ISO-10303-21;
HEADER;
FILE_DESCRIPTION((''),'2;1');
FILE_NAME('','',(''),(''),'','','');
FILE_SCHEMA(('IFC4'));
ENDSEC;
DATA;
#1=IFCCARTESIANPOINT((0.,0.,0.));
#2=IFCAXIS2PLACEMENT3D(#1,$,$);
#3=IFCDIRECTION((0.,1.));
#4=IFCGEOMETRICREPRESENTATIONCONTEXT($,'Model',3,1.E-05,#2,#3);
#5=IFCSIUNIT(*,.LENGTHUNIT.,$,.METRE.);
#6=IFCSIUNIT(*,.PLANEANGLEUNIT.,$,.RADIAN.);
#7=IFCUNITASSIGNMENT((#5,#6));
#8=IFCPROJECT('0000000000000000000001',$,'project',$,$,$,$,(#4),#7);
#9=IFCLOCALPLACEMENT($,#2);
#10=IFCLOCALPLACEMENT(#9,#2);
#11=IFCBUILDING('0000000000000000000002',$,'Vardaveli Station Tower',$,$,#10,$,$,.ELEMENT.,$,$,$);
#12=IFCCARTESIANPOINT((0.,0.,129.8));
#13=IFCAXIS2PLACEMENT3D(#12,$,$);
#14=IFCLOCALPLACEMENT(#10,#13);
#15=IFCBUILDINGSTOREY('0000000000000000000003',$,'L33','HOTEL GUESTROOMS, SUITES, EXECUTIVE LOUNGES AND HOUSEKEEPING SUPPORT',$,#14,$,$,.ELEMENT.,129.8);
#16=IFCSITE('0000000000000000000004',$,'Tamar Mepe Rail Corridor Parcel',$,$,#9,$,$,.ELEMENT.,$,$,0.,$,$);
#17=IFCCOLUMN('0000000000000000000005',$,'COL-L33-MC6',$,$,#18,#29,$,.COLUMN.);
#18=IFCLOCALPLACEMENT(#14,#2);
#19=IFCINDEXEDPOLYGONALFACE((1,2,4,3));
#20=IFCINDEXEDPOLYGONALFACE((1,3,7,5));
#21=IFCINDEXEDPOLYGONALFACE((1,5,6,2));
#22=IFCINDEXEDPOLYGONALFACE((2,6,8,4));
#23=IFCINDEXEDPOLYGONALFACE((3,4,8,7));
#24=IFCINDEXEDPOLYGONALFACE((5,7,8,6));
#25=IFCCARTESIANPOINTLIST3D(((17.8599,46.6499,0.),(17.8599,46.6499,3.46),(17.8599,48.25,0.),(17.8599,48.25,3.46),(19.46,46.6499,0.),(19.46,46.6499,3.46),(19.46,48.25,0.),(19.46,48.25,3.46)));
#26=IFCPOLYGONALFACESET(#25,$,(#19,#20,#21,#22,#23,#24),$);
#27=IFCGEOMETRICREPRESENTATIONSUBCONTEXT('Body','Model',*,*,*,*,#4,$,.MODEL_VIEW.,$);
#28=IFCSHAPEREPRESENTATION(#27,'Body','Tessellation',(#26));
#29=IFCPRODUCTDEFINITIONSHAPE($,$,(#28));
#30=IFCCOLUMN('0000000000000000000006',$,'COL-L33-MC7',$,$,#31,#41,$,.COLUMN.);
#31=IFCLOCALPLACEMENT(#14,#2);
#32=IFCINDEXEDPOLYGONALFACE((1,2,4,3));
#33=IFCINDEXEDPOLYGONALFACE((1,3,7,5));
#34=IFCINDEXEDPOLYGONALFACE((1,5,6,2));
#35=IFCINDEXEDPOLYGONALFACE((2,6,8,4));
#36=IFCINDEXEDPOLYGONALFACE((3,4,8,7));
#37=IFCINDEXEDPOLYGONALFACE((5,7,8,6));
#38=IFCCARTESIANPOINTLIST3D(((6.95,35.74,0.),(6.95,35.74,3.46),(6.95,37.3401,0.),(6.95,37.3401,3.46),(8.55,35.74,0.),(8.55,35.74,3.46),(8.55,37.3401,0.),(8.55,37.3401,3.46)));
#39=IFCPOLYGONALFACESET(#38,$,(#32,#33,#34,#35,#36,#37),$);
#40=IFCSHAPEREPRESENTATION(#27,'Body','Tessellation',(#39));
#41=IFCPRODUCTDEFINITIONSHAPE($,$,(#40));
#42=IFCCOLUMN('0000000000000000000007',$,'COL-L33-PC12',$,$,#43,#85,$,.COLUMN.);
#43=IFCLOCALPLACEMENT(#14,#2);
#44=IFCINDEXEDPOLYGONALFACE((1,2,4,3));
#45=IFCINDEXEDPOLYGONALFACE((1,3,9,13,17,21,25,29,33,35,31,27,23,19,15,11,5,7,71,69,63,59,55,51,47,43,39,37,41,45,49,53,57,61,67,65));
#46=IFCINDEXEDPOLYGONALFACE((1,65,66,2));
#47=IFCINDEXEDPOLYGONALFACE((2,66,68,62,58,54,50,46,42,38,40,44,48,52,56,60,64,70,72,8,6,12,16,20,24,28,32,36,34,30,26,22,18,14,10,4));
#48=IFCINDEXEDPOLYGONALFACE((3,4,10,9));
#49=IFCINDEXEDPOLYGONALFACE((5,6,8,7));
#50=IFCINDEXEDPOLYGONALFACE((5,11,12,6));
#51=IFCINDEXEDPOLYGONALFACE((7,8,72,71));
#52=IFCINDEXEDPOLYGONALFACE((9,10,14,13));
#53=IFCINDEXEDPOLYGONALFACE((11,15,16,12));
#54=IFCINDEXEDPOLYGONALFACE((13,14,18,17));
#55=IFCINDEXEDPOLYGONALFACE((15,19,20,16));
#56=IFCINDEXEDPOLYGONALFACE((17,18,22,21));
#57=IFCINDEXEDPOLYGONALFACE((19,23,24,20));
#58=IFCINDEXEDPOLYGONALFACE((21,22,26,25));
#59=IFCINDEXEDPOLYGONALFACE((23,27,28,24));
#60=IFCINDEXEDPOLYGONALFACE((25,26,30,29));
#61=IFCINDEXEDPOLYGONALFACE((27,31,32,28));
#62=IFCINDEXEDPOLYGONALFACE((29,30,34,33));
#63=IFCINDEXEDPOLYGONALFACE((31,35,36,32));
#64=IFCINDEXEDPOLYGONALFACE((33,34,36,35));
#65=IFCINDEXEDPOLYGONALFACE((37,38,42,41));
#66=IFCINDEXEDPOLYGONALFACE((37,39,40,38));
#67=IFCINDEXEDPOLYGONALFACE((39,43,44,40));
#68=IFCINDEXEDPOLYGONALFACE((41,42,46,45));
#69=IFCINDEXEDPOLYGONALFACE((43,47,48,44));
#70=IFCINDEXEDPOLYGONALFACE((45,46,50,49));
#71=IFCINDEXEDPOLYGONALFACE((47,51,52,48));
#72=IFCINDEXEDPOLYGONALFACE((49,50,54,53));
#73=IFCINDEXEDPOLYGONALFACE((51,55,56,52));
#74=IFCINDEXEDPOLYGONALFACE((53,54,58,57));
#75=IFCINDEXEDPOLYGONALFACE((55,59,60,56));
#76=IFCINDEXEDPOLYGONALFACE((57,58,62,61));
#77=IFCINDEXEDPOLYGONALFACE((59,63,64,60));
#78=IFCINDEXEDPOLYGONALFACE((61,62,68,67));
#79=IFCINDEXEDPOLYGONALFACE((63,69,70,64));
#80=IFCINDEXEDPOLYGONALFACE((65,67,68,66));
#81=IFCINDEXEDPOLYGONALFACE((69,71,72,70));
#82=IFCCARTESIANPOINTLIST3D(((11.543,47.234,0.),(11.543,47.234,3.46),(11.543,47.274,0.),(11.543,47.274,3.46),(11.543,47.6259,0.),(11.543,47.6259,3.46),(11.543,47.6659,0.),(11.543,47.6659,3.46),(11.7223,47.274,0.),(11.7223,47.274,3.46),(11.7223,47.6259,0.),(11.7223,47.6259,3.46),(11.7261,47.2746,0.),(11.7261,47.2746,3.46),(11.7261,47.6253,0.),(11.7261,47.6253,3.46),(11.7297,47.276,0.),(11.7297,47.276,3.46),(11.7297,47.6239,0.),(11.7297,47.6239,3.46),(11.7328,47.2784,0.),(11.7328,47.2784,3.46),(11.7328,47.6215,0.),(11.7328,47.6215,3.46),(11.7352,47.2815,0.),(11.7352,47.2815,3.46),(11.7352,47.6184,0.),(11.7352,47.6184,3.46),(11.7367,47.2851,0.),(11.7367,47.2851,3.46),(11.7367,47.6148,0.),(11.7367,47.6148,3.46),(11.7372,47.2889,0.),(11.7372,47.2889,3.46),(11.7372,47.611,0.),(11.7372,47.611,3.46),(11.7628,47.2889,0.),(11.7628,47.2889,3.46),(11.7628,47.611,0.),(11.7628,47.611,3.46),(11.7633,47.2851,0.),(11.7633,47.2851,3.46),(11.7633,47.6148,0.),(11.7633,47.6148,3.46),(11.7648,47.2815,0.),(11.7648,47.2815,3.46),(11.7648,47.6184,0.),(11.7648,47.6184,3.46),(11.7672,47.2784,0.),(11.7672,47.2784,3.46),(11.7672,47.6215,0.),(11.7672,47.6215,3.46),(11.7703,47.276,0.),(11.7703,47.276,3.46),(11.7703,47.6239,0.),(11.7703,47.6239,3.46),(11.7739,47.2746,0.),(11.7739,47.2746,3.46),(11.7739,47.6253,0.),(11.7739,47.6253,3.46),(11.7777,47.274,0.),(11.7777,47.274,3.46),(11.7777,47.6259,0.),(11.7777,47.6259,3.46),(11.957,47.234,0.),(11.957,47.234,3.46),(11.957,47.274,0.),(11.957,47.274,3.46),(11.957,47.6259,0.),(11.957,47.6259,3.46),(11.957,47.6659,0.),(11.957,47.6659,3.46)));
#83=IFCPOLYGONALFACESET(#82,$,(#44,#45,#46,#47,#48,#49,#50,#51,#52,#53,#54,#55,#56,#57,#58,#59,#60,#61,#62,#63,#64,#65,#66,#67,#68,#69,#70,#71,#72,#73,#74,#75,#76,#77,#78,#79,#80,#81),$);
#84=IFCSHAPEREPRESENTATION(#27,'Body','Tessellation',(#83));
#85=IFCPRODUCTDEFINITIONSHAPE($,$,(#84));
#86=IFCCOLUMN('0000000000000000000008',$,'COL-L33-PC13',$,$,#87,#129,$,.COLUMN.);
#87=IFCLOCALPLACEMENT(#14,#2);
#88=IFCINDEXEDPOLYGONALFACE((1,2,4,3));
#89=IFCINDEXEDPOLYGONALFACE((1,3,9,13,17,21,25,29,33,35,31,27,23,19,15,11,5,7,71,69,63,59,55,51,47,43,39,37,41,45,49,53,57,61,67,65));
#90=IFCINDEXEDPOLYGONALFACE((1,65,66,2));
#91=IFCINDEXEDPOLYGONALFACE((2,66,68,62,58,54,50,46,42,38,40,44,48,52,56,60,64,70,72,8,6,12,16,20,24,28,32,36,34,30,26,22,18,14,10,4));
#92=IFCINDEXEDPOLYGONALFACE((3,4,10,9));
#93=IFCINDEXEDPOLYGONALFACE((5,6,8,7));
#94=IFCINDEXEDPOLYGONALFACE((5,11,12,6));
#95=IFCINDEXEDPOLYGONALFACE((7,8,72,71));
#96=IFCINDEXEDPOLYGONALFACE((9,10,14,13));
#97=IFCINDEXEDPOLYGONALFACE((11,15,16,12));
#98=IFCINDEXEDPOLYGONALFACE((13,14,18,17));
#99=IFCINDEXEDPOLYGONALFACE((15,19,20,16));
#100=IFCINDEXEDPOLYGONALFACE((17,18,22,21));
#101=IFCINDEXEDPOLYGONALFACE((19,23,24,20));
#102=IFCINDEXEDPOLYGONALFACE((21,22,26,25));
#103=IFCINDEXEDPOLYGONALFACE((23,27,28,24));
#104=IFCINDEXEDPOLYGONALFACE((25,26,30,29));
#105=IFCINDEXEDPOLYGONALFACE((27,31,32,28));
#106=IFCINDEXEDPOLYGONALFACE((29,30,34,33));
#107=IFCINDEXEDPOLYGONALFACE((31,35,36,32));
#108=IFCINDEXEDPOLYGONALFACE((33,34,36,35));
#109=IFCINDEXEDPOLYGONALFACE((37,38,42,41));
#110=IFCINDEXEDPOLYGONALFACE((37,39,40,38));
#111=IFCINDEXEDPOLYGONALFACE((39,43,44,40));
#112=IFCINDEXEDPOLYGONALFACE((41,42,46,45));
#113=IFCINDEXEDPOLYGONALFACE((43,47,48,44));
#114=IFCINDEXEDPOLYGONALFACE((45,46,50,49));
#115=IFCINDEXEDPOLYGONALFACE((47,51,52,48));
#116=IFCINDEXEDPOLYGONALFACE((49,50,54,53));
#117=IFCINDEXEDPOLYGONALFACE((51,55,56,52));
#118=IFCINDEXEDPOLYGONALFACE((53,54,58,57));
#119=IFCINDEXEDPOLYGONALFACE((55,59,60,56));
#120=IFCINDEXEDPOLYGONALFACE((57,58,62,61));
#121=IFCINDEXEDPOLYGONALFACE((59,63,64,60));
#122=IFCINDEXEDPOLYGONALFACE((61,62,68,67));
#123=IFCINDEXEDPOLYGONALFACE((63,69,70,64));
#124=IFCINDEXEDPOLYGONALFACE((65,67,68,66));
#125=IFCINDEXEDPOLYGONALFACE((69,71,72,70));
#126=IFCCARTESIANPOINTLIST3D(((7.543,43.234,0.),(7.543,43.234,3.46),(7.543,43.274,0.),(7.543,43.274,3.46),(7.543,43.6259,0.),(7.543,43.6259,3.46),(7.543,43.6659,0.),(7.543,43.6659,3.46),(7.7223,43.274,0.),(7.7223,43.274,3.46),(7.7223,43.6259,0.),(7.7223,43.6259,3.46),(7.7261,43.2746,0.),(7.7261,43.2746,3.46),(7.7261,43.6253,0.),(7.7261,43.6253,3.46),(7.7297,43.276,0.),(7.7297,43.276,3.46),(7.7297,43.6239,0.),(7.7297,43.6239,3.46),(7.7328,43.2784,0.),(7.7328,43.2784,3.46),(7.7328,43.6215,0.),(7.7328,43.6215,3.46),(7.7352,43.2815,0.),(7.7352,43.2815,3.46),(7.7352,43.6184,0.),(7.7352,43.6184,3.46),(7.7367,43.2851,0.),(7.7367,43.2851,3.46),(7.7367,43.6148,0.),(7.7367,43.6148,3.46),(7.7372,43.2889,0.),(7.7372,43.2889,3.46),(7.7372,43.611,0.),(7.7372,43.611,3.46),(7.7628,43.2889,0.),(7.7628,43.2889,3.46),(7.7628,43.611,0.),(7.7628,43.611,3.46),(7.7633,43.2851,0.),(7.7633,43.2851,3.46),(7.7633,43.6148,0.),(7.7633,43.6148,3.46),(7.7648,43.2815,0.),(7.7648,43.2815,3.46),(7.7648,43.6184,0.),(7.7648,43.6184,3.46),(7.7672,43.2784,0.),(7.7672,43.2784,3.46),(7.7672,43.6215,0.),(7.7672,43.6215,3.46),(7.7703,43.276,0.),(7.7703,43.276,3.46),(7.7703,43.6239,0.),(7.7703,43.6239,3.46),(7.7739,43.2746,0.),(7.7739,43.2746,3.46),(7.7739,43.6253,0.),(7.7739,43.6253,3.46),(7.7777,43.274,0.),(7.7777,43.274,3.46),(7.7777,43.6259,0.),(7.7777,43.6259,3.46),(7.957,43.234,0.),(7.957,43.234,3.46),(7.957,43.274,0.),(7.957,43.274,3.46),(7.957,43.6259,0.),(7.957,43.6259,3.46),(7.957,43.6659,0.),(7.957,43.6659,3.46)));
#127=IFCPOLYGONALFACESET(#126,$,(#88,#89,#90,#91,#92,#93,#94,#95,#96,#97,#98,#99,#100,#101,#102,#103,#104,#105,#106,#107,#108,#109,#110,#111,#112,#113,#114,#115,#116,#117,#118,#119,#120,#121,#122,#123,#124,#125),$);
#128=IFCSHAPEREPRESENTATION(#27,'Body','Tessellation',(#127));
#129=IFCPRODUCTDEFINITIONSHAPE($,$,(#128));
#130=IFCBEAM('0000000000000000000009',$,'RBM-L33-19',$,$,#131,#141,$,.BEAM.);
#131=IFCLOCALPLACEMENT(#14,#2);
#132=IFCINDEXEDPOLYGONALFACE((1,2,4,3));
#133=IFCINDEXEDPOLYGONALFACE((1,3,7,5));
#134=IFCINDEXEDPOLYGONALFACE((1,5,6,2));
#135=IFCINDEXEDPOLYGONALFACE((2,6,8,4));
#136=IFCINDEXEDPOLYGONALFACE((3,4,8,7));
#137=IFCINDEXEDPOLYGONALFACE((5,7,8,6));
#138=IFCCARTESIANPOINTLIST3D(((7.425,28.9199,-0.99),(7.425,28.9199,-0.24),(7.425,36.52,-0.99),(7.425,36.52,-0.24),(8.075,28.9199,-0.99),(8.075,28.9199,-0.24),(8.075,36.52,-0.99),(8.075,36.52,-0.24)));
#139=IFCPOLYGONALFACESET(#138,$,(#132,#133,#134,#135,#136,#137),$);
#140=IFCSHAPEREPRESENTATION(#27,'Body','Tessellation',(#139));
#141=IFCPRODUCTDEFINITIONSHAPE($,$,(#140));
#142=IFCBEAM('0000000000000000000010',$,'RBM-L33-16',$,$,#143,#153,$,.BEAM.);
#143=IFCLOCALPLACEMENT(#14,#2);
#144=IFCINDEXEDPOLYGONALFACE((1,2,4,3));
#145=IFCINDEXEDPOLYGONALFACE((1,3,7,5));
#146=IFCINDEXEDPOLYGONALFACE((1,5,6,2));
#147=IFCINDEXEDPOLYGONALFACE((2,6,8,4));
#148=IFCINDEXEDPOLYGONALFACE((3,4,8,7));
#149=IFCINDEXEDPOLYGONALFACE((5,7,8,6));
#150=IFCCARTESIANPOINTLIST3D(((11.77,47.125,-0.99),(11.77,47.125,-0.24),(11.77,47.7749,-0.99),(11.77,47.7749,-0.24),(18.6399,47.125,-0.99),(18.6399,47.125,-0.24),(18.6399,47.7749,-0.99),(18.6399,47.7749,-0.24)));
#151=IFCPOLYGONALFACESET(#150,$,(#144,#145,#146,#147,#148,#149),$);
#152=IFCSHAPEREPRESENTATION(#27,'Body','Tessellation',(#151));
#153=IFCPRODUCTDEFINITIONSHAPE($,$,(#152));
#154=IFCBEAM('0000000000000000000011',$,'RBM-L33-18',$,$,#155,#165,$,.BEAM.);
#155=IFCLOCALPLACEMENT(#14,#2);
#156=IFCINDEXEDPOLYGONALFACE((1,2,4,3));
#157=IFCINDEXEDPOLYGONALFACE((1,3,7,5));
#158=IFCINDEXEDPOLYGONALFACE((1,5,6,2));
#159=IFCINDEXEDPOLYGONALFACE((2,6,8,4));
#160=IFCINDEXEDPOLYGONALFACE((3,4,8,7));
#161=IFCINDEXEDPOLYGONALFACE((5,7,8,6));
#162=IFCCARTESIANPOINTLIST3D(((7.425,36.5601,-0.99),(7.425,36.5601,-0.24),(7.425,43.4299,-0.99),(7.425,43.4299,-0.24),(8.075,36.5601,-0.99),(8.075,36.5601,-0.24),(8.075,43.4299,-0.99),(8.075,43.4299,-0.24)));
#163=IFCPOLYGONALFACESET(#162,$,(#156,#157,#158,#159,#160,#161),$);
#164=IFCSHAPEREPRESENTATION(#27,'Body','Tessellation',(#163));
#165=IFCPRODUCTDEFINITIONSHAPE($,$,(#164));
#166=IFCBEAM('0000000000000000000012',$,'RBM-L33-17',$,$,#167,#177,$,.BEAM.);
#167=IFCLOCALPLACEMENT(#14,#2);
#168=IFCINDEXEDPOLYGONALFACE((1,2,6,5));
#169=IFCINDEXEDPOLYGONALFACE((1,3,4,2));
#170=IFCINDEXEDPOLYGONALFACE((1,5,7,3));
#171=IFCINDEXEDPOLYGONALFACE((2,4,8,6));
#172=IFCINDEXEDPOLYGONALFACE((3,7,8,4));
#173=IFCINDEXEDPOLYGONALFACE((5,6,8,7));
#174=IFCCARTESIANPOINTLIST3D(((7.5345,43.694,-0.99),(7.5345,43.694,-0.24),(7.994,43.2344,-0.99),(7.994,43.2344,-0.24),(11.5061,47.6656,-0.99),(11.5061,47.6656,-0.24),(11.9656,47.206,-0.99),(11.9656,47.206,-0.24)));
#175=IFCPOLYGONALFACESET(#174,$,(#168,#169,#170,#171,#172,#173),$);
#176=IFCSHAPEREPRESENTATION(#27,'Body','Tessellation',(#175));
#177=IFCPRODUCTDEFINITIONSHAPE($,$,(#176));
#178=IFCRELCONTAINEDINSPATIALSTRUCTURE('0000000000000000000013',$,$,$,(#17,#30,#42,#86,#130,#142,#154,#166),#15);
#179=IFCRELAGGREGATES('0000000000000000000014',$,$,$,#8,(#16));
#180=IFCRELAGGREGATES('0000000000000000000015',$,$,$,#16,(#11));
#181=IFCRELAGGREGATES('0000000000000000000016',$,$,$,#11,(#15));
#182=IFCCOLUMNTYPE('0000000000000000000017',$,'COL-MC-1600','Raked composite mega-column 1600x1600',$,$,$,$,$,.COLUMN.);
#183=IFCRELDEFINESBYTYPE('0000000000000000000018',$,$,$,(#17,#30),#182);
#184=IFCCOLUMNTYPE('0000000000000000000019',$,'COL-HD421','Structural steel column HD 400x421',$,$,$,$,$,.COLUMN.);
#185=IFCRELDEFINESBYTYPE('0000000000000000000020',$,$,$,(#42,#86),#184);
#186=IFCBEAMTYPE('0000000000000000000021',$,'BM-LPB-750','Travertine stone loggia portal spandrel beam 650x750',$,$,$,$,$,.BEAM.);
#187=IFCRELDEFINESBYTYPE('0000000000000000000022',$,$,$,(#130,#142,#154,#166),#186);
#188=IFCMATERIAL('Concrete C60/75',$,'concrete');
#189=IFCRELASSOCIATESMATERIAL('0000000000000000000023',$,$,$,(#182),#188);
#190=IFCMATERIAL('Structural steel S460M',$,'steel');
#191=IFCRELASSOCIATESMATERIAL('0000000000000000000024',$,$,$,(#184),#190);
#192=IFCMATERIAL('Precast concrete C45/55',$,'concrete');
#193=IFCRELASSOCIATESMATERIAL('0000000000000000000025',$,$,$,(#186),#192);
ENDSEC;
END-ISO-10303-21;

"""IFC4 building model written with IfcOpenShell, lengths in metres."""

from ifc_helpers import new_model, si_unit, direction, frame, origin, origin_2d, place, context, subcontext, project, spatial, rectangle, i_section, extrude, source, transform, mapped, material, material_profile, profile_set, type_object, element, save


model = new_model("IFC4")

# Units and contexts
model_context = context("Model", 3, precision=1e-05, world=origin(), true_north=direction((0.0, 1.0)))
body_context = subcontext(model_context, "Body", "Model", "MODEL_VIEW")
ifc_project = project(units=[si_unit("LENGTHUNIT", "METRE"), si_unit("PLANEANGLEUNIT", "RADIAN")], contexts=[model_context])

# Site, building, storey
site_placement = place(None, origin())
site = spatial("IfcSite", under=ifc_project, at=site_placement, Name="Tamar Mepe Rail Corridor Parcel", CompositionType="ELEMENT", RefElevation=0.0)
building_placement = place(site_placement, origin())
building = spatial("IfcBuilding", under=site, at=building_placement, Name="Vardaveli Station Tower", CompositionType="ELEMENT")
storey_placement = place(building_placement, frame((0.0, 0.0, 129.8)))
storey = spatial("IfcBuildingStorey", under=building, at=storey_placement, Name="L33", Description="HOTEL GUESTROOMS, SUITES, EXECUTIVE LOUNGES AND HOUSEKEEPING SUPPORT", CompositionType="ELEMENT", Elevation=129.8)

# Columns
ifc_material_1 = material(Name="Concrete C60/75", Category="concrete")
ifc_material_profile_1 = material_profile(ifc_material_1, rectangle(XDim=1.6001, YDim=1.6001, at=origin_2d()), Name="MC 1600x1600")
ifc_profile_set_1 = profile_set([ifc_material_profile_1], Name="Concrete C60/75")
column_type_1 = type_object("IfcColumnType", Name="COL-MC-1600", Description="Raked composite mega-column 1600x1600", PredefinedType="COLUMN", material=ifc_profile_set_1)
shared_shape_1 = source(origin(), body_context, "Body", "SweptSolid", [
    extrude(rectangle(XDim=1.6001, YDim=1.6001, at=origin_2d()), origin(), (0.0, 0.0, 1.0), 3.46),
])
for number, where, z_axis, x_axis, name in (
    (1, (18.6599, 47.45, 0.0), (0.0, 0.0, 1.0), (1.0, 0.0, 0.0), "COL-L33-MC6"),
    (2, (7.75, 36.54, 0.0), (0.0, 0.0, 1.0), (1.0, 0.0, 0.0), "COL-L33-MC7"),
):
    element("IfcColumn", number, at=place(storey_placement, frame(where, z_axis=z_axis, x_axis=x_axis)), inside=storey, type_object=column_type_1, Name=name, PredefinedType="COLUMN", context=body_context, shape_type="MappedRepresentation", body=[
        mapped(shared_shape_1, transform((0.0, 0.0, 0.0), scale=1.0)),
    ])
ifc_material_2 = material(Name="Structural steel S460M", Category="steel")
ifc_material_profile_2 = material_profile(ifc_material_2, i_section(OverallWidth=0.4141, OverallDepth=0.4319, WebThickness=0.0256, FlangeThickness=0.04, FilletRadius=0.0149, at=origin_2d()), Name="HD 400x421")
ifc_profile_set_2 = profile_set([ifc_material_profile_2], Name="Structural steel S460M")
column_type_2 = type_object("IfcColumnType", Name="COL-HD421", Description="Structural steel column HD 400x421", PredefinedType="COLUMN", material=ifc_profile_set_2)
shared_shape_2 = source(origin(), body_context, "Body", "SweptSolid", [
    extrude(i_section(OverallWidth=0.4141, OverallDepth=0.4319, WebThickness=0.0256, FlangeThickness=0.04, FilletRadius=0.0149, at=origin_2d()), origin(), (0.0, 0.0, 1.0), 3.46),
])
for number, where, z_axis, x_axis, name in (
    (3, (11.75, 47.45, 0.0), (0.0, 0.0, 1.0), (1.0, 0.0, 0.0), "COL-L33-PC12"),
    (4, (7.75, 43.45, 0.0), (0.0, 0.0, 1.0), (1.0, 0.0, 0.0), "COL-L33-PC13"),
):
    element("IfcColumn", number, at=place(storey_placement, frame(where, z_axis=z_axis, x_axis=x_axis)), inside=storey, type_object=column_type_2, Name=name, PredefinedType="COLUMN", context=body_context, shape_type="MappedRepresentation", body=[
        mapped(shared_shape_2, transform((0.0, 0.0, 0.0), scale=1.0)),
    ])

# Beams
ifc_material_3 = material(Name="Precast concrete C45/55", Category="concrete")
ifc_material_profile_3 = material_profile(ifc_material_3, rectangle(XDim=0.6499, YDim=0.75, at=origin_2d()), Name="LPB 650x750")
ifc_profile_set_3 = profile_set([ifc_material_profile_3], Name="Precast concrete C45/55")
beam_type = type_object("IfcBeamType", Name="BM-LPB-750", Description="Travertine stone loggia portal spandrel beam 650x750", PredefinedType="BEAM", material=ifc_profile_set_3)
shared_shape_3 = source(origin(), body_context, "Body", "SweptSolid", [
    extrude(rectangle(XDim=0.6499, YDim=0.75, at=origin_2d()), origin(), (0.0, 0.0, 1.0), 7.6001),
])
beam_1_placement = place(storey_placement, frame((7.75, 36.52, -0.615), z_axis=(0.0, -1.0, 0.0), x_axis=(1.0, 0.0, 0.0)))
element("IfcBeam", 5, at=beam_1_placement, inside=storey, type_object=beam_type, Name="RBM-L33-19", PredefinedType="BEAM", context=body_context, shape_type="MappedRepresentation", body=[
    mapped(shared_shape_3, transform((0.0, 0.0, 0.0), scale=1.0)),
])
shared_shape_4 = source(origin(), body_context, "Body", "SweptSolid", [
    extrude(rectangle(XDim=0.6499, YDim=0.75, at=origin_2d()), origin(), (0.0, 0.0, 1.0), 6.8699),
])
for number, where, z_axis, x_axis, name in (
    (6, (18.6399, 47.45, -0.615), (-1.0, 0.0, 0.0), (0.0, -1.0, 0.0), "RBM-L33-16"),
    (7, (7.75, 43.4299, -0.615), (0.0, -1.0, 0.0), (1.0, 0.0, 0.0), "RBM-L33-18"),
):
    element("IfcBeam", number, at=place(storey_placement, frame(where, z_axis=z_axis, x_axis=x_axis)), inside=storey, type_object=beam_type, Name=name, PredefinedType="BEAM", context=body_context, shape_type="MappedRepresentation", body=[
        mapped(shared_shape_4, transform((0.0, 0.0, 0.0), scale=1.0)),
    ])
shared_shape_5 = source(origin(), body_context, "Body", "SweptSolid", [
    extrude(rectangle(XDim=0.6499, YDim=0.75, at=origin_2d()), origin(), (0.0, 0.0, 1.0), 5.6167),
])
beam_2_placement = place(storey_placement, frame((11.7358, 47.4358, -0.615), z_axis=(-0.707107, -0.707107, 0.0), x_axis=(0.707107, -0.707107, 0.0)))
element("IfcBeam", 8, at=beam_2_placement, inside=storey, type_object=beam_type, Name="RBM-L33-17", PredefinedType="BEAM", context=body_context, shape_type="MappedRepresentation", body=[
    mapped(shared_shape_5, transform((0.0, 0.0, 0.0), scale=1.0)),
])

save(model, "model.ifc")
